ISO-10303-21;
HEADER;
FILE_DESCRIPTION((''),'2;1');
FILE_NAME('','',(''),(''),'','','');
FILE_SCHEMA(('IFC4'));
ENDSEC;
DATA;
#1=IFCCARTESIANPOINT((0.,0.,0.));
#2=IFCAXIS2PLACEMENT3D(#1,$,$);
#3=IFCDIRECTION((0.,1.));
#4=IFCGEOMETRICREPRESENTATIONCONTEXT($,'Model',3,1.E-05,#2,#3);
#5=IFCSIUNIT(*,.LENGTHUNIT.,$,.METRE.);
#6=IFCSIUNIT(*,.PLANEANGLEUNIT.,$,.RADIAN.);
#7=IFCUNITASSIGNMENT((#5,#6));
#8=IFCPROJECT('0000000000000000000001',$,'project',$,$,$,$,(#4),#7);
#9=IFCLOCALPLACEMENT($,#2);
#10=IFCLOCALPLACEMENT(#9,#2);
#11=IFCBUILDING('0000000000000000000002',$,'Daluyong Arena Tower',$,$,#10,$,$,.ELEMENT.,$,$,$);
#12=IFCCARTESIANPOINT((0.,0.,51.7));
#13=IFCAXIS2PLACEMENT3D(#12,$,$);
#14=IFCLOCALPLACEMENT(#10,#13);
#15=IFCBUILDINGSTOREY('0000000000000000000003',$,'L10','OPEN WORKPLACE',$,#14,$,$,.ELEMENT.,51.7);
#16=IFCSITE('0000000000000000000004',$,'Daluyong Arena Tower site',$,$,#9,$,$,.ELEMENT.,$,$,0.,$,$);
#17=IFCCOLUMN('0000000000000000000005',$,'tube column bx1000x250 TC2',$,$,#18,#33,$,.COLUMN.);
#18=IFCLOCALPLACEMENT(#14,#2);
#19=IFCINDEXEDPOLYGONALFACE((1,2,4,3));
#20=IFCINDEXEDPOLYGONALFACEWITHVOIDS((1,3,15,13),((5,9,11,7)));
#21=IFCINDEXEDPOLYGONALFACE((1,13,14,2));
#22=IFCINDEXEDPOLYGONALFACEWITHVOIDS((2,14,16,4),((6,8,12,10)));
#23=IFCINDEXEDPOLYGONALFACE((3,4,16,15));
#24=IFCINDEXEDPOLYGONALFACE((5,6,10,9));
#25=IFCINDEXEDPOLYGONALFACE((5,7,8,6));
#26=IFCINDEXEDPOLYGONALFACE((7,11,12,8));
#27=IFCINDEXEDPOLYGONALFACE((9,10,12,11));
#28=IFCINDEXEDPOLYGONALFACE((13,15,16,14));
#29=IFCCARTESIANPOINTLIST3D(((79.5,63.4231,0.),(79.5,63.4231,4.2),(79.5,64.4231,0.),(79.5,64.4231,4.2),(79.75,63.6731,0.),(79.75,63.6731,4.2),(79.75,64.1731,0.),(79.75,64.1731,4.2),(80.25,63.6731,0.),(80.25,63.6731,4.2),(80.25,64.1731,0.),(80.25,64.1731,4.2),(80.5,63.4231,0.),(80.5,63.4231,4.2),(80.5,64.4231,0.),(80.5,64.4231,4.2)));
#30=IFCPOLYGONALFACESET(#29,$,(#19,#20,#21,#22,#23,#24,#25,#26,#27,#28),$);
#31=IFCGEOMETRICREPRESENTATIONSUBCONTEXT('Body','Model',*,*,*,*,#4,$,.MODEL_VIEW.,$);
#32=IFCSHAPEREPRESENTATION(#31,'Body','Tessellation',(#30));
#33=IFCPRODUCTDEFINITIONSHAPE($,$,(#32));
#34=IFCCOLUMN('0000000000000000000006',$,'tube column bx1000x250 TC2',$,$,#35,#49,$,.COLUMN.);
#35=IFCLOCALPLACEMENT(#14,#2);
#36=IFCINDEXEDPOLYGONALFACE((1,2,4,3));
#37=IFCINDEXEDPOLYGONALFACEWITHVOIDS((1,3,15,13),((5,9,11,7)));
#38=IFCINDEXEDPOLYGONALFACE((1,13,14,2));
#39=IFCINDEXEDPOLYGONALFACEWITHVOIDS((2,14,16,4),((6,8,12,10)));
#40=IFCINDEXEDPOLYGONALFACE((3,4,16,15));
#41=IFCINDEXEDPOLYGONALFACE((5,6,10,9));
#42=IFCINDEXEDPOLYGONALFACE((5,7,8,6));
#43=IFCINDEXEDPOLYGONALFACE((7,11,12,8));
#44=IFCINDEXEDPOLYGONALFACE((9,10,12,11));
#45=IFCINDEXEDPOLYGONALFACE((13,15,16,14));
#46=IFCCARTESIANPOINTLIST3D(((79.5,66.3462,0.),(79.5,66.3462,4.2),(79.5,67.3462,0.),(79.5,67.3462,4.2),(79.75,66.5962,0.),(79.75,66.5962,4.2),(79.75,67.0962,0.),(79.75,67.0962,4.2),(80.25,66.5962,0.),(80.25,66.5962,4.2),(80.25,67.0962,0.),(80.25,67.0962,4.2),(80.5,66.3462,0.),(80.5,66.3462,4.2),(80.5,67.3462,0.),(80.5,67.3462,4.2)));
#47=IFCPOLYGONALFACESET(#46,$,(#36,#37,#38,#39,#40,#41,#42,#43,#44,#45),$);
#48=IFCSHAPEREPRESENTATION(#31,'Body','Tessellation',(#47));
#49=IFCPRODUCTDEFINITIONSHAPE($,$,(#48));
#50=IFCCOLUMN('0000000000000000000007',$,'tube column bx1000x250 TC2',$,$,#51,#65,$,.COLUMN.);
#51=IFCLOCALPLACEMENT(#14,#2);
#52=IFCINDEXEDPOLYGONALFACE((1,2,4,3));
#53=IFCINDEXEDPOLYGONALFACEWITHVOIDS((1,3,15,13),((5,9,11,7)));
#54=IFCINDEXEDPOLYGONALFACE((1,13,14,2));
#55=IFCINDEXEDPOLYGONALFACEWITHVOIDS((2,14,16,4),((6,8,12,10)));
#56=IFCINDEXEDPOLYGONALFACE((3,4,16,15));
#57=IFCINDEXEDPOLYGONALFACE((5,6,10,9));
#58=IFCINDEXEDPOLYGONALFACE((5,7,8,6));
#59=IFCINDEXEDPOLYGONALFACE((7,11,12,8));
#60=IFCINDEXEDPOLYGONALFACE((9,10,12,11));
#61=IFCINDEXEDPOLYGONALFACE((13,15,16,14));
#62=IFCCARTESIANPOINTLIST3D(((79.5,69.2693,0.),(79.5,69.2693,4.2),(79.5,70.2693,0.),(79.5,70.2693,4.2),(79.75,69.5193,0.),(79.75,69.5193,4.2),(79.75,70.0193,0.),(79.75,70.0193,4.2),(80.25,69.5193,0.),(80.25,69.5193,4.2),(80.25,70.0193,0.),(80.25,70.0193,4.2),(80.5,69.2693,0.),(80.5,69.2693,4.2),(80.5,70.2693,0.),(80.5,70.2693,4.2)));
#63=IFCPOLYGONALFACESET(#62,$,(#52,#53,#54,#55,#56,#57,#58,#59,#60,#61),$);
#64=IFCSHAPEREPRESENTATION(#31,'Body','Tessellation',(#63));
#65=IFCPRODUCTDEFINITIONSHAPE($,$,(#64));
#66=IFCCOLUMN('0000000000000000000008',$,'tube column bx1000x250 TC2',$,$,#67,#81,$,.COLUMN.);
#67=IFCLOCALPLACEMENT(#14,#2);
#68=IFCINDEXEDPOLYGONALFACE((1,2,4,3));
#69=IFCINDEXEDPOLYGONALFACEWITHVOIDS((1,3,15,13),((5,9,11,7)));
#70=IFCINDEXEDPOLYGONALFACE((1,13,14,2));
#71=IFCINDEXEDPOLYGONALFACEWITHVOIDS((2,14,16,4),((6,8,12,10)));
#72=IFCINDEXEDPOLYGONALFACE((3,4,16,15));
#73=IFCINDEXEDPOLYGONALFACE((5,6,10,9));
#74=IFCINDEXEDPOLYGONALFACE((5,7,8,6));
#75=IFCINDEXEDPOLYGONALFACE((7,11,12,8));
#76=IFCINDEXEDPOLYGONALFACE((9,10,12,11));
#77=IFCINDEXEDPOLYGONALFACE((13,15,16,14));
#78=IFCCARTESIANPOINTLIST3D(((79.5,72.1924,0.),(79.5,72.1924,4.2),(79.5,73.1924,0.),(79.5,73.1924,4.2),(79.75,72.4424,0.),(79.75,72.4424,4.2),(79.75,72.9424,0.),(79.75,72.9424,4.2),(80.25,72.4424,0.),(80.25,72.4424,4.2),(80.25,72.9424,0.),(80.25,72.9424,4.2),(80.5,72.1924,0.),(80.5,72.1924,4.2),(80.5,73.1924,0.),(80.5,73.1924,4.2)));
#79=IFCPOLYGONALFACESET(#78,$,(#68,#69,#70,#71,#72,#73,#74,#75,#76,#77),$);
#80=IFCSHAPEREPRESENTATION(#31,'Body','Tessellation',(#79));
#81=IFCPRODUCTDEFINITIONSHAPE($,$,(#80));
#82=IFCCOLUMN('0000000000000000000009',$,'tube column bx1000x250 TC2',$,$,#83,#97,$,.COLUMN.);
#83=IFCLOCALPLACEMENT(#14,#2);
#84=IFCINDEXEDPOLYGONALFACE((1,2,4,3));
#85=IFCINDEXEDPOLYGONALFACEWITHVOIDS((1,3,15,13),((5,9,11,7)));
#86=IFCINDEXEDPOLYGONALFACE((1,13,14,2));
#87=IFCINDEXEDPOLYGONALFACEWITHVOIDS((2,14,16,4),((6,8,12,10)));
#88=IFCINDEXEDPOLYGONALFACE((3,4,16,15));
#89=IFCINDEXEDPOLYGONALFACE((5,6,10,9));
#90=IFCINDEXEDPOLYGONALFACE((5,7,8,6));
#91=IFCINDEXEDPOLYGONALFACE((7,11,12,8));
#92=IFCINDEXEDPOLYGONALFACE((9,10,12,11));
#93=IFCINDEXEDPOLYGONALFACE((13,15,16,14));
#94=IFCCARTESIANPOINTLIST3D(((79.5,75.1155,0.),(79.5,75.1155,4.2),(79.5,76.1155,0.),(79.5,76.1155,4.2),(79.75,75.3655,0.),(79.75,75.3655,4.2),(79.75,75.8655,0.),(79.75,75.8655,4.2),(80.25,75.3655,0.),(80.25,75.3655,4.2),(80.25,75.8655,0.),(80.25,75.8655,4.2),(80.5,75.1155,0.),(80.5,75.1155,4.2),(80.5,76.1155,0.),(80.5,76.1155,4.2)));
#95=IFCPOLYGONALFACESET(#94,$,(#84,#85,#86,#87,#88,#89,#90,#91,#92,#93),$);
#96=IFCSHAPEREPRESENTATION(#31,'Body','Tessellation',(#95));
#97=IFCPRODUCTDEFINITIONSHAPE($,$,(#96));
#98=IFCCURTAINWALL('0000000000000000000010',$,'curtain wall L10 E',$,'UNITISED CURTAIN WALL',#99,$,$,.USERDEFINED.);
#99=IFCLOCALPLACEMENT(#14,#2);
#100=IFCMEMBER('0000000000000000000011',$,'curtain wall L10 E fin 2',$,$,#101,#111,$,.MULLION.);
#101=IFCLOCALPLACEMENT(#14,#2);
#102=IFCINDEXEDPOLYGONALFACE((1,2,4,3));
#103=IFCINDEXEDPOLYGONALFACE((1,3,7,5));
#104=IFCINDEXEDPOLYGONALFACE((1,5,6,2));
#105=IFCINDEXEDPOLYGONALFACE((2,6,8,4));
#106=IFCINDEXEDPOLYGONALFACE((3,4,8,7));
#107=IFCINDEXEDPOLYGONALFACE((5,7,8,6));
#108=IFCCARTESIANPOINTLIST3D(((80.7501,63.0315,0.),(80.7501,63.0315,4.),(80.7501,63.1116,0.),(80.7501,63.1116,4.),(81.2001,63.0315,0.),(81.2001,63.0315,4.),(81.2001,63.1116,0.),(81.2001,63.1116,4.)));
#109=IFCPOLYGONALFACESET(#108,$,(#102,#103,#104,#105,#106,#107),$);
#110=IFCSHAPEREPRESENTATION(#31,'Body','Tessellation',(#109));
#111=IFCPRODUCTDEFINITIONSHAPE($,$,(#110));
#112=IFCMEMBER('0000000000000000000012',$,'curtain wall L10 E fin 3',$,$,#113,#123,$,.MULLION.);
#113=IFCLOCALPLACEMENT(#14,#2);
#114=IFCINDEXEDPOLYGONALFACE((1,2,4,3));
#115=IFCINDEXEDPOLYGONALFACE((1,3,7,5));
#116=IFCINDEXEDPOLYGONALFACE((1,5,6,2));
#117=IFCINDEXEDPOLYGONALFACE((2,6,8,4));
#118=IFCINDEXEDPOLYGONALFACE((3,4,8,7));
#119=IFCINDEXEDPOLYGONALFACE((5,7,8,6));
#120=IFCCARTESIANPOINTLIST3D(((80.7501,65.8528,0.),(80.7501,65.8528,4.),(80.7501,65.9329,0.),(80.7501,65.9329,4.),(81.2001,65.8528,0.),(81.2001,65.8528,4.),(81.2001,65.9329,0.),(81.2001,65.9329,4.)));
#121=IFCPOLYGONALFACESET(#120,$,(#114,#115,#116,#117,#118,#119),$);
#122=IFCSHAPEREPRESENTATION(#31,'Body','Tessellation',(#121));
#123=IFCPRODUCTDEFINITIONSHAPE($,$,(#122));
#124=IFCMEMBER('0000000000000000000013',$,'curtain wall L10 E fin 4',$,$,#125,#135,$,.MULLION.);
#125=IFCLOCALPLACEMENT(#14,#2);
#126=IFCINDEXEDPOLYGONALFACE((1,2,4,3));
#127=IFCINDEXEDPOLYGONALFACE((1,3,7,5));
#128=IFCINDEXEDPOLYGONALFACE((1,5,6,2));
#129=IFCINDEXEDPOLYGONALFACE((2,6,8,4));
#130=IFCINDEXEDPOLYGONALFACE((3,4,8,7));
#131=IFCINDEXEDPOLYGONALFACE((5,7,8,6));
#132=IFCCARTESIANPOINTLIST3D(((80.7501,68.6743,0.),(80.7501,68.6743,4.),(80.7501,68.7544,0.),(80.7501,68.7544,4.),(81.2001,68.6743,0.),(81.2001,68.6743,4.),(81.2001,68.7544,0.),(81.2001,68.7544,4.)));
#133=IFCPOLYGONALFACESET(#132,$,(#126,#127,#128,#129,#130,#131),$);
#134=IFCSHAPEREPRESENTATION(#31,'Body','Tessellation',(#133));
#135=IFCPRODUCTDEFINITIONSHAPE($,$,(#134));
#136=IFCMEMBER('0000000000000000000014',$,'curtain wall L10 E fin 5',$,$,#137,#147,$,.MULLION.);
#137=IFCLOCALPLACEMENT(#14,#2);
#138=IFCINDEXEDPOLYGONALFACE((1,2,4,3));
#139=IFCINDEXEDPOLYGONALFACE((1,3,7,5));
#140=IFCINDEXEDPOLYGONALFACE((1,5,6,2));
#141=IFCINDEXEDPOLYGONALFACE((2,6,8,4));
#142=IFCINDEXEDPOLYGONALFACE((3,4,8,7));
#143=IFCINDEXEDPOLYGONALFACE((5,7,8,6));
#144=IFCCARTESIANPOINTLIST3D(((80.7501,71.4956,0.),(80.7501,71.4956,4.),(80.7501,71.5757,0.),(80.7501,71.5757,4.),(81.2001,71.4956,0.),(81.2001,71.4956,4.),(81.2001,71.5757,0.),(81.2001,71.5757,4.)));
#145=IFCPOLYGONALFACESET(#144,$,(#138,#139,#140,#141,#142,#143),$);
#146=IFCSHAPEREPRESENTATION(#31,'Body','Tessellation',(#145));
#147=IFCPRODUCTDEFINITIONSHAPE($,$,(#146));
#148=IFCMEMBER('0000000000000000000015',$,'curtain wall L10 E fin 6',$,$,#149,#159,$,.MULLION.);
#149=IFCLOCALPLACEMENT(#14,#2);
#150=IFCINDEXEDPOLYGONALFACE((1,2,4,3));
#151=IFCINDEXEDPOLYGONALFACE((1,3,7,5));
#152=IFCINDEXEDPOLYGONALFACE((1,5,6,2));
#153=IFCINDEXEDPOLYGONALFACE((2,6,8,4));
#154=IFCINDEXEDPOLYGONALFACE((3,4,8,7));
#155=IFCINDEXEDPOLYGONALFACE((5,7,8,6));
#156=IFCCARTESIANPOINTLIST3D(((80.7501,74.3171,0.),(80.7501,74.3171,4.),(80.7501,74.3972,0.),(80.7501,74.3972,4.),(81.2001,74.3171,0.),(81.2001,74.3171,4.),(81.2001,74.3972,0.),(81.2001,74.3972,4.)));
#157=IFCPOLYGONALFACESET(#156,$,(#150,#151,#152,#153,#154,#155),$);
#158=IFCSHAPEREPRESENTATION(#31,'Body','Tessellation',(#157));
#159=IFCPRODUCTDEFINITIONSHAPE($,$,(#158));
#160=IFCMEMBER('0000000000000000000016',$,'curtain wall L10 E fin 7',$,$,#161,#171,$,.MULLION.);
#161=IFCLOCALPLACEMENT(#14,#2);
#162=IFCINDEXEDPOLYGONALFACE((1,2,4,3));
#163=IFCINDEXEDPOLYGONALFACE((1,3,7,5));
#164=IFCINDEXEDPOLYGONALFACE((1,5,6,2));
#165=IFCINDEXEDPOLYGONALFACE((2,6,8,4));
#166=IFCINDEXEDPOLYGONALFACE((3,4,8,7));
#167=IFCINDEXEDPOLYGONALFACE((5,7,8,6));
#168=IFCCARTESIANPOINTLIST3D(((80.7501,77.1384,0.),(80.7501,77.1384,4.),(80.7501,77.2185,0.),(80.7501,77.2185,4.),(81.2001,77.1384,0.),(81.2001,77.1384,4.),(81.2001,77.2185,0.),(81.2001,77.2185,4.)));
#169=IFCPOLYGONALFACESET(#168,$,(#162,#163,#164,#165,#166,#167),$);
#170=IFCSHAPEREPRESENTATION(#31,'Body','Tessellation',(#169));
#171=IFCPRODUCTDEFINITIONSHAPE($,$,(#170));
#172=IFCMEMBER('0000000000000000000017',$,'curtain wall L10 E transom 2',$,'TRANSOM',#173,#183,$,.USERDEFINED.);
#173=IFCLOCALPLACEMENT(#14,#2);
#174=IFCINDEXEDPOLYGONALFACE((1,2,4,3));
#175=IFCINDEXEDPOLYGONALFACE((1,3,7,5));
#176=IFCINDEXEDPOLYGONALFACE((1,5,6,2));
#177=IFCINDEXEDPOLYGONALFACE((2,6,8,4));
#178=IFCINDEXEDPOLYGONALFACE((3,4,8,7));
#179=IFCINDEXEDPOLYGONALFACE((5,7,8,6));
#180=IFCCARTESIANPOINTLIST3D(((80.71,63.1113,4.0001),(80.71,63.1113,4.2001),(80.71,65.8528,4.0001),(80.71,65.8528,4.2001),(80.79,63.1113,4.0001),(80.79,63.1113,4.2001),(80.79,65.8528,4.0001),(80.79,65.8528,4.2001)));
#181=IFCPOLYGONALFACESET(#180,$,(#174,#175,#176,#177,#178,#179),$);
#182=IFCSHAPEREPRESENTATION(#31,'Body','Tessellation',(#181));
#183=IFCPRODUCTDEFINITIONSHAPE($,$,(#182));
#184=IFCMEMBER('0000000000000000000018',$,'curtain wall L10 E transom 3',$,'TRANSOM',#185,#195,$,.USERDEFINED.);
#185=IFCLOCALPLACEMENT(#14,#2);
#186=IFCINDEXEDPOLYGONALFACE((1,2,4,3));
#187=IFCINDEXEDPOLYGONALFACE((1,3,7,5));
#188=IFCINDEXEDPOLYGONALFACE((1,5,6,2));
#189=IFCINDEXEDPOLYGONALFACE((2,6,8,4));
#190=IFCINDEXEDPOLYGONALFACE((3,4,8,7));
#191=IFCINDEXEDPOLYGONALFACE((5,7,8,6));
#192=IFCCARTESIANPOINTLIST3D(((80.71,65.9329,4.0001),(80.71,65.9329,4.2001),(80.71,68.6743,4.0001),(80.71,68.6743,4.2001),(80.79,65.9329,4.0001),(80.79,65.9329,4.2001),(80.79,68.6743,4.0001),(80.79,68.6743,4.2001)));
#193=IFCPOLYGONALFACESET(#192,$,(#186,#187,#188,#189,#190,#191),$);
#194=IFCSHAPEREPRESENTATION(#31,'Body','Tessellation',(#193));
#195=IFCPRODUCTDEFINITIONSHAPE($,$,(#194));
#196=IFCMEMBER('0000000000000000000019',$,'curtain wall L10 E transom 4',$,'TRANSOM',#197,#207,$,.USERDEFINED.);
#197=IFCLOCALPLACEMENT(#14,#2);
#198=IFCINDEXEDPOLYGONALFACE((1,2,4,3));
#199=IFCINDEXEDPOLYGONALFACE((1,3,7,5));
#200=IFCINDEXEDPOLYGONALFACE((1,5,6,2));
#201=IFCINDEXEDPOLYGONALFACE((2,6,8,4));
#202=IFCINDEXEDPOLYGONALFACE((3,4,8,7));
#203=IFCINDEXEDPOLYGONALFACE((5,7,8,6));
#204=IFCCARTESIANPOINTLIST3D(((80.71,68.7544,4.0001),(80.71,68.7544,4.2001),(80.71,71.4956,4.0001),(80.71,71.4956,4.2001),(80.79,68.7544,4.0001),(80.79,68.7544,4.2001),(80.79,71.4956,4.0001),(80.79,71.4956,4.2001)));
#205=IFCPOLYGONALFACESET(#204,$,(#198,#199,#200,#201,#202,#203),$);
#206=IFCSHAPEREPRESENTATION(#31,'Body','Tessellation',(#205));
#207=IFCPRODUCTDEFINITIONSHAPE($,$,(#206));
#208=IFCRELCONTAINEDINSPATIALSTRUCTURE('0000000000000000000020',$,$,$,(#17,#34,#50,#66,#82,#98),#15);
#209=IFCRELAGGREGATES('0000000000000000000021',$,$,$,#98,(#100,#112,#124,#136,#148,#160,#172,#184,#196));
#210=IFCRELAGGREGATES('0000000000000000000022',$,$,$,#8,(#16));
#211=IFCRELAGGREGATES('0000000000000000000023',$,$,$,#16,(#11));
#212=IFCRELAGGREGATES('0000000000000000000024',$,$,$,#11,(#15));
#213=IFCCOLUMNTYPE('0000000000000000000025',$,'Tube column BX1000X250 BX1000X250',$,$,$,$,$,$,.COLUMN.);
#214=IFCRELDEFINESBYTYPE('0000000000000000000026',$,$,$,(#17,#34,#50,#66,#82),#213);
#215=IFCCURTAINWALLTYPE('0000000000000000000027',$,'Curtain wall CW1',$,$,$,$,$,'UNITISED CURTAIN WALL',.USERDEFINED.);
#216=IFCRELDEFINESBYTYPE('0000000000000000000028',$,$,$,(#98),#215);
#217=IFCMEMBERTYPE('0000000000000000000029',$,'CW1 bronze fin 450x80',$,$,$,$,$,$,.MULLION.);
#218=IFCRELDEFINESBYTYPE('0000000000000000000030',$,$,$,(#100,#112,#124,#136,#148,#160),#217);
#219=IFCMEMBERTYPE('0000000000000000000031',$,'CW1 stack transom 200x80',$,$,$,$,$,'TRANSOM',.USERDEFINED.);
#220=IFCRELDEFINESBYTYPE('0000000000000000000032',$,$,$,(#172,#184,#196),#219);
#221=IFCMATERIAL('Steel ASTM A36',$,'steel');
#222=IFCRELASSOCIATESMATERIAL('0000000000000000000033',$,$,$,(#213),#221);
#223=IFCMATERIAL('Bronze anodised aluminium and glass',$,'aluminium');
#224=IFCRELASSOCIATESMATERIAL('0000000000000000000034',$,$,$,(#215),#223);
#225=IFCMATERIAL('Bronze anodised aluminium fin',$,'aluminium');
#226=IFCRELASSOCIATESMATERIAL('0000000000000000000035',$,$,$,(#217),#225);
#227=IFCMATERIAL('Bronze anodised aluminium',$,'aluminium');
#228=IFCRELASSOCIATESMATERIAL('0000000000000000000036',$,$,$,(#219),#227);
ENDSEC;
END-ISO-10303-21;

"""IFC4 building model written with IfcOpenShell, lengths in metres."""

from ifc_helpers import new_model, si_unit, direction, frame, origin, origin_2d, place, context, subcontext, project, spatial, rectangle, hollow_rectangle, extrude, material, material_profile, profile_set, type_object, element, aggregate, save


model = new_model("IFC4")

# Units and contexts
model_context = context("Model", 3, precision=1e-05, world=origin(), true_north=direction((0.0, 1.0)))
body_context = subcontext(model_context, "Body", "Model", "MODEL_VIEW")
ifc_project = project(units=[si_unit("LENGTHUNIT", "METRE"), si_unit("PLANEANGLEUNIT", "RADIAN")], contexts=[model_context])

# Site, building, storey
site_placement = place(None, origin())
site = spatial("IfcSite", under=ifc_project, at=site_placement, Name="Daluyong Arena Tower site", CompositionType="ELEMENT", RefElevation=0.0)
building_placement = place(site_placement, origin())
building = spatial("IfcBuilding", under=site, at=building_placement, Name="Daluyong Arena Tower", CompositionType="ELEMENT")
storey_placement = place(building_placement, frame((0.0, 0.0, 51.7)))
storey = spatial("IfcBuildingStorey", under=building, at=storey_placement, Name="L10", Description="OPEN WORKPLACE", CompositionType="ELEMENT", Elevation=51.7)

# Columns
ifc_material_1 = material(Name="Steel ASTM A36", Category="steel")
ifc_material_profile_1 = material_profile(ifc_material_1, hollow_rectangle(XDim=1.0, YDim=1.0, WallThickness=0.25, at=origin_2d()))
ifc_profile_set_1 = profile_set([ifc_material_profile_1], Name="Steel ASTM A36")
column_type = type_object("IfcColumnType", Name="Tube column BX1000X250 BX1000X250", PredefinedType="COLUMN", material=ifc_profile_set_1)
for number, where, z_axis, x_axis, name in (
    (1, (80.0, 63.9231, 0.0), (0.0, 0.0, 1.0), (0.0, 1.0, 0.0), "tube column bx1000x250 TC2"),
    (2, (80.0, 66.8462, 0.0), (0.0, 0.0, 1.0), (0.0, 1.0, 0.0), "tube column bx1000x250 TC2"),
    (3, (80.0, 69.7693, 0.0), (0.0, 0.0, 1.0), (0.0, 1.0, 0.0), "tube column bx1000x250 TC2"),
    (4, (80.0, 72.6924, 0.0), (0.0, 0.0, 1.0), (0.0, 1.0, 0.0), "tube column bx1000x250 TC2"),
    (5, (80.0, 75.6155, 0.0), (0.0, 0.0, 1.0), (0.0, 1.0, 0.0), "tube column bx1000x250 TC2"),
):
    element("IfcColumn", number, at=place(storey_placement, frame(where, z_axis=z_axis, x_axis=x_axis)), inside=storey, type_object=column_type, Name=name, PredefinedType="COLUMN", context=body_context, shape_type="SweptSolid", body=[
        extrude(hollow_rectangle(XDim=1.0, YDim=1.0, WallThickness=0.25, at=origin_2d()), origin(), (0.0, 0.0, 1.0), 4.2),
    ])

# Curtain wall, members
ifc_material_2 = material(Name="Bronze anodised aluminium and glass", Category="aluminium")
curtain_wall_type = type_object("IfcCurtainWallType", Name="Curtain wall CW1", ElementType="UNITISED CURTAIN WALL", PredefinedType="USERDEFINED", material=ifc_material_2)
curtain_wall_placement = place(storey_placement, origin())
curtain_wall = element("IfcCurtainWall", 6, at=curtain_wall_placement, inside=storey, type_object=curtain_wall_type, Name="curtain wall L10 E", ObjectType="UNITISED CURTAIN WALL", PredefinedType="USERDEFINED")
ifc_material_3 = material(Name="Bronze anodised aluminium fin", Category="aluminium")
ifc_material_profile_2 = material_profile(ifc_material_3, rectangle(XDim=0.45, YDim=0.0801, at=origin_2d()))
ifc_profile_set_2 = profile_set([ifc_material_profile_2], Name="Bronze anodised aluminium fin")
member_type_1 = type_object("IfcMemberType", Name="CW1 bronze fin 450x80", PredefinedType="MULLION", material=ifc_profile_set_2)
member_1_placement = place(storey_placement, frame((80.9751, 63.0715, 0.0), z_axis=(0.0, 0.0, 1.0), x_axis=(-1.0, 0.0, 0.0)))
member_1 = element("IfcMember", 7, at=member_1_placement, type_object=member_type_1, Name="curtain wall L10 E fin 2", PredefinedType="MULLION", context=body_context, shape_type="SweptSolid", body=[
    extrude(rectangle(XDim=0.45, YDim=0.0801, at=origin_2d()), origin(), (0.0, 0.0, 1.0), 4.0),
])
member_2_placement = place(storey_placement, frame((80.9751, 65.8928, 0.0), z_axis=(0.0, 0.0, 1.0), x_axis=(-1.0, 0.0, 0.0)))
member_2 = element("IfcMember", 8, at=member_2_placement, type_object=member_type_1, Name="curtain wall L10 E fin 3", PredefinedType="MULLION", context=body_context, shape_type="SweptSolid", body=[
    extrude(rectangle(XDim=0.45, YDim=0.0801, at=origin_2d()), origin(), (0.0, 0.0, 1.0), 4.0),
])
member_3_placement = place(storey_placement, frame((80.9751, 68.7144, 0.0), z_axis=(0.0, 0.0, 1.0), x_axis=(-1.0, 0.0, 0.0)))
member_3 = element("IfcMember", 9, at=member_3_placement, type_object=member_type_1, Name="curtain wall L10 E fin 4", PredefinedType="MULLION", context=body_context, shape_type="SweptSolid", body=[
    extrude(rectangle(XDim=0.45, YDim=0.0801, at=origin_2d()), origin(), (0.0, 0.0, 1.0), 4.0),
])
member_4_placement = place(storey_placement, frame((80.9751, 71.5356, 0.0), z_axis=(0.0, 0.0, 1.0), x_axis=(-1.0, 0.0, 0.0)))
member_4 = element("IfcMember", 10, at=member_4_placement, type_object=member_type_1, Name="curtain wall L10 E fin 5", PredefinedType="MULLION", context=body_context, shape_type="SweptSolid", body=[
    extrude(rectangle(XDim=0.45, YDim=0.0801, at=origin_2d()), origin(), (0.0, 0.0, 1.0), 4.0),
])
member_5_placement = place(storey_placement, frame((80.9751, 74.3572, 0.0), z_axis=(0.0, 0.0, 1.0), x_axis=(-1.0, 0.0, 0.0)))
member_5 = element("IfcMember", 11, at=member_5_placement, type_object=member_type_1, Name="curtain wall L10 E fin 6", PredefinedType="MULLION", context=body_context, shape_type="SweptSolid", body=[
    extrude(rectangle(XDim=0.45, YDim=0.0801, at=origin_2d()), origin(), (0.0, 0.0, 1.0), 4.0),
])
member_6_placement = place(storey_placement, frame((80.9751, 77.1785, 0.0), z_axis=(0.0, 0.0, 1.0), x_axis=(-1.0, 0.0, 0.0)))
member_6 = element("IfcMember", 12, at=member_6_placement, type_object=member_type_1, Name="curtain wall L10 E fin 7", PredefinedType="MULLION", context=body_context, shape_type="SweptSolid", body=[
    extrude(rectangle(XDim=0.45, YDim=0.0801, at=origin_2d()), origin(), (0.0, 0.0, 1.0), 4.0),
])
ifc_material_4 = material(Name="Bronze anodised aluminium", Category="aluminium")
ifc_material_profile_3 = material_profile(ifc_material_4, rectangle(XDim=0.0801, YDim=0.2, at=origin_2d()))
ifc_profile_set_3 = profile_set([ifc_material_profile_3], Name="Bronze anodised aluminium")
member_type_2 = type_object("IfcMemberType", Name="CW1 stack transom 200x80", ElementType="TRANSOM", PredefinedType="USERDEFINED", material=ifc_profile_set_3)
member_7_placement = place(storey_placement, frame((80.75, 63.1113, 4.1001), z_axis=(0.0, 1.0, 0.0), x_axis=(-1.0, 0.0, 0.0)))
member_7 = element("IfcMember", 13, at=member_7_placement, type_object=member_type_2, Name="curtain wall L10 E transom 2", ObjectType="TRANSOM", PredefinedType="USERDEFINED", context=body_context, shape_type="SweptSolid", body=[
    extrude(rectangle(XDim=0.0801, YDim=0.2, at=origin_2d()), origin(), (0.0, 0.0, 1.0), 2.7415),
])
member_8_placement = place(storey_placement, frame((80.75, 65.9329, 4.1001), z_axis=(0.0, 1.0, 0.0), x_axis=(-1.0, 0.0, 0.0)))
member_8 = element("IfcMember", 14, at=member_8_placement, type_object=member_type_2, Name="curtain wall L10 E transom 3", ObjectType="TRANSOM", PredefinedType="USERDEFINED", context=body_context, shape_type="SweptSolid", body=[
    extrude(rectangle(XDim=0.0801, YDim=0.2, at=origin_2d()), origin(), (0.0, 0.0, 1.0), 2.7415),
])
member_9_placement = place(storey_placement, frame((80.75, 68.7544, 4.1001), z_axis=(0.0, 1.0, 0.0), x_axis=(-1.0, 0.0, 0.0)))
member_9 = element("IfcMember", 15, at=member_9_placement, type_object=member_type_2, Name="curtain wall L10 E transom 4", ObjectType="TRANSOM", PredefinedType="USERDEFINED", context=body_context, shape_type="SweptSolid", body=[
    extrude(rectangle(XDim=0.0801, YDim=0.2, at=origin_2d()), origin(), (0.0, 0.0, 1.0), 2.7412),
])

aggregate(curtain_wall, [member_1, member_2, member_3, member_4, member_5, member_6, member_7, member_8, member_9])

save(model, "model.ifc")
